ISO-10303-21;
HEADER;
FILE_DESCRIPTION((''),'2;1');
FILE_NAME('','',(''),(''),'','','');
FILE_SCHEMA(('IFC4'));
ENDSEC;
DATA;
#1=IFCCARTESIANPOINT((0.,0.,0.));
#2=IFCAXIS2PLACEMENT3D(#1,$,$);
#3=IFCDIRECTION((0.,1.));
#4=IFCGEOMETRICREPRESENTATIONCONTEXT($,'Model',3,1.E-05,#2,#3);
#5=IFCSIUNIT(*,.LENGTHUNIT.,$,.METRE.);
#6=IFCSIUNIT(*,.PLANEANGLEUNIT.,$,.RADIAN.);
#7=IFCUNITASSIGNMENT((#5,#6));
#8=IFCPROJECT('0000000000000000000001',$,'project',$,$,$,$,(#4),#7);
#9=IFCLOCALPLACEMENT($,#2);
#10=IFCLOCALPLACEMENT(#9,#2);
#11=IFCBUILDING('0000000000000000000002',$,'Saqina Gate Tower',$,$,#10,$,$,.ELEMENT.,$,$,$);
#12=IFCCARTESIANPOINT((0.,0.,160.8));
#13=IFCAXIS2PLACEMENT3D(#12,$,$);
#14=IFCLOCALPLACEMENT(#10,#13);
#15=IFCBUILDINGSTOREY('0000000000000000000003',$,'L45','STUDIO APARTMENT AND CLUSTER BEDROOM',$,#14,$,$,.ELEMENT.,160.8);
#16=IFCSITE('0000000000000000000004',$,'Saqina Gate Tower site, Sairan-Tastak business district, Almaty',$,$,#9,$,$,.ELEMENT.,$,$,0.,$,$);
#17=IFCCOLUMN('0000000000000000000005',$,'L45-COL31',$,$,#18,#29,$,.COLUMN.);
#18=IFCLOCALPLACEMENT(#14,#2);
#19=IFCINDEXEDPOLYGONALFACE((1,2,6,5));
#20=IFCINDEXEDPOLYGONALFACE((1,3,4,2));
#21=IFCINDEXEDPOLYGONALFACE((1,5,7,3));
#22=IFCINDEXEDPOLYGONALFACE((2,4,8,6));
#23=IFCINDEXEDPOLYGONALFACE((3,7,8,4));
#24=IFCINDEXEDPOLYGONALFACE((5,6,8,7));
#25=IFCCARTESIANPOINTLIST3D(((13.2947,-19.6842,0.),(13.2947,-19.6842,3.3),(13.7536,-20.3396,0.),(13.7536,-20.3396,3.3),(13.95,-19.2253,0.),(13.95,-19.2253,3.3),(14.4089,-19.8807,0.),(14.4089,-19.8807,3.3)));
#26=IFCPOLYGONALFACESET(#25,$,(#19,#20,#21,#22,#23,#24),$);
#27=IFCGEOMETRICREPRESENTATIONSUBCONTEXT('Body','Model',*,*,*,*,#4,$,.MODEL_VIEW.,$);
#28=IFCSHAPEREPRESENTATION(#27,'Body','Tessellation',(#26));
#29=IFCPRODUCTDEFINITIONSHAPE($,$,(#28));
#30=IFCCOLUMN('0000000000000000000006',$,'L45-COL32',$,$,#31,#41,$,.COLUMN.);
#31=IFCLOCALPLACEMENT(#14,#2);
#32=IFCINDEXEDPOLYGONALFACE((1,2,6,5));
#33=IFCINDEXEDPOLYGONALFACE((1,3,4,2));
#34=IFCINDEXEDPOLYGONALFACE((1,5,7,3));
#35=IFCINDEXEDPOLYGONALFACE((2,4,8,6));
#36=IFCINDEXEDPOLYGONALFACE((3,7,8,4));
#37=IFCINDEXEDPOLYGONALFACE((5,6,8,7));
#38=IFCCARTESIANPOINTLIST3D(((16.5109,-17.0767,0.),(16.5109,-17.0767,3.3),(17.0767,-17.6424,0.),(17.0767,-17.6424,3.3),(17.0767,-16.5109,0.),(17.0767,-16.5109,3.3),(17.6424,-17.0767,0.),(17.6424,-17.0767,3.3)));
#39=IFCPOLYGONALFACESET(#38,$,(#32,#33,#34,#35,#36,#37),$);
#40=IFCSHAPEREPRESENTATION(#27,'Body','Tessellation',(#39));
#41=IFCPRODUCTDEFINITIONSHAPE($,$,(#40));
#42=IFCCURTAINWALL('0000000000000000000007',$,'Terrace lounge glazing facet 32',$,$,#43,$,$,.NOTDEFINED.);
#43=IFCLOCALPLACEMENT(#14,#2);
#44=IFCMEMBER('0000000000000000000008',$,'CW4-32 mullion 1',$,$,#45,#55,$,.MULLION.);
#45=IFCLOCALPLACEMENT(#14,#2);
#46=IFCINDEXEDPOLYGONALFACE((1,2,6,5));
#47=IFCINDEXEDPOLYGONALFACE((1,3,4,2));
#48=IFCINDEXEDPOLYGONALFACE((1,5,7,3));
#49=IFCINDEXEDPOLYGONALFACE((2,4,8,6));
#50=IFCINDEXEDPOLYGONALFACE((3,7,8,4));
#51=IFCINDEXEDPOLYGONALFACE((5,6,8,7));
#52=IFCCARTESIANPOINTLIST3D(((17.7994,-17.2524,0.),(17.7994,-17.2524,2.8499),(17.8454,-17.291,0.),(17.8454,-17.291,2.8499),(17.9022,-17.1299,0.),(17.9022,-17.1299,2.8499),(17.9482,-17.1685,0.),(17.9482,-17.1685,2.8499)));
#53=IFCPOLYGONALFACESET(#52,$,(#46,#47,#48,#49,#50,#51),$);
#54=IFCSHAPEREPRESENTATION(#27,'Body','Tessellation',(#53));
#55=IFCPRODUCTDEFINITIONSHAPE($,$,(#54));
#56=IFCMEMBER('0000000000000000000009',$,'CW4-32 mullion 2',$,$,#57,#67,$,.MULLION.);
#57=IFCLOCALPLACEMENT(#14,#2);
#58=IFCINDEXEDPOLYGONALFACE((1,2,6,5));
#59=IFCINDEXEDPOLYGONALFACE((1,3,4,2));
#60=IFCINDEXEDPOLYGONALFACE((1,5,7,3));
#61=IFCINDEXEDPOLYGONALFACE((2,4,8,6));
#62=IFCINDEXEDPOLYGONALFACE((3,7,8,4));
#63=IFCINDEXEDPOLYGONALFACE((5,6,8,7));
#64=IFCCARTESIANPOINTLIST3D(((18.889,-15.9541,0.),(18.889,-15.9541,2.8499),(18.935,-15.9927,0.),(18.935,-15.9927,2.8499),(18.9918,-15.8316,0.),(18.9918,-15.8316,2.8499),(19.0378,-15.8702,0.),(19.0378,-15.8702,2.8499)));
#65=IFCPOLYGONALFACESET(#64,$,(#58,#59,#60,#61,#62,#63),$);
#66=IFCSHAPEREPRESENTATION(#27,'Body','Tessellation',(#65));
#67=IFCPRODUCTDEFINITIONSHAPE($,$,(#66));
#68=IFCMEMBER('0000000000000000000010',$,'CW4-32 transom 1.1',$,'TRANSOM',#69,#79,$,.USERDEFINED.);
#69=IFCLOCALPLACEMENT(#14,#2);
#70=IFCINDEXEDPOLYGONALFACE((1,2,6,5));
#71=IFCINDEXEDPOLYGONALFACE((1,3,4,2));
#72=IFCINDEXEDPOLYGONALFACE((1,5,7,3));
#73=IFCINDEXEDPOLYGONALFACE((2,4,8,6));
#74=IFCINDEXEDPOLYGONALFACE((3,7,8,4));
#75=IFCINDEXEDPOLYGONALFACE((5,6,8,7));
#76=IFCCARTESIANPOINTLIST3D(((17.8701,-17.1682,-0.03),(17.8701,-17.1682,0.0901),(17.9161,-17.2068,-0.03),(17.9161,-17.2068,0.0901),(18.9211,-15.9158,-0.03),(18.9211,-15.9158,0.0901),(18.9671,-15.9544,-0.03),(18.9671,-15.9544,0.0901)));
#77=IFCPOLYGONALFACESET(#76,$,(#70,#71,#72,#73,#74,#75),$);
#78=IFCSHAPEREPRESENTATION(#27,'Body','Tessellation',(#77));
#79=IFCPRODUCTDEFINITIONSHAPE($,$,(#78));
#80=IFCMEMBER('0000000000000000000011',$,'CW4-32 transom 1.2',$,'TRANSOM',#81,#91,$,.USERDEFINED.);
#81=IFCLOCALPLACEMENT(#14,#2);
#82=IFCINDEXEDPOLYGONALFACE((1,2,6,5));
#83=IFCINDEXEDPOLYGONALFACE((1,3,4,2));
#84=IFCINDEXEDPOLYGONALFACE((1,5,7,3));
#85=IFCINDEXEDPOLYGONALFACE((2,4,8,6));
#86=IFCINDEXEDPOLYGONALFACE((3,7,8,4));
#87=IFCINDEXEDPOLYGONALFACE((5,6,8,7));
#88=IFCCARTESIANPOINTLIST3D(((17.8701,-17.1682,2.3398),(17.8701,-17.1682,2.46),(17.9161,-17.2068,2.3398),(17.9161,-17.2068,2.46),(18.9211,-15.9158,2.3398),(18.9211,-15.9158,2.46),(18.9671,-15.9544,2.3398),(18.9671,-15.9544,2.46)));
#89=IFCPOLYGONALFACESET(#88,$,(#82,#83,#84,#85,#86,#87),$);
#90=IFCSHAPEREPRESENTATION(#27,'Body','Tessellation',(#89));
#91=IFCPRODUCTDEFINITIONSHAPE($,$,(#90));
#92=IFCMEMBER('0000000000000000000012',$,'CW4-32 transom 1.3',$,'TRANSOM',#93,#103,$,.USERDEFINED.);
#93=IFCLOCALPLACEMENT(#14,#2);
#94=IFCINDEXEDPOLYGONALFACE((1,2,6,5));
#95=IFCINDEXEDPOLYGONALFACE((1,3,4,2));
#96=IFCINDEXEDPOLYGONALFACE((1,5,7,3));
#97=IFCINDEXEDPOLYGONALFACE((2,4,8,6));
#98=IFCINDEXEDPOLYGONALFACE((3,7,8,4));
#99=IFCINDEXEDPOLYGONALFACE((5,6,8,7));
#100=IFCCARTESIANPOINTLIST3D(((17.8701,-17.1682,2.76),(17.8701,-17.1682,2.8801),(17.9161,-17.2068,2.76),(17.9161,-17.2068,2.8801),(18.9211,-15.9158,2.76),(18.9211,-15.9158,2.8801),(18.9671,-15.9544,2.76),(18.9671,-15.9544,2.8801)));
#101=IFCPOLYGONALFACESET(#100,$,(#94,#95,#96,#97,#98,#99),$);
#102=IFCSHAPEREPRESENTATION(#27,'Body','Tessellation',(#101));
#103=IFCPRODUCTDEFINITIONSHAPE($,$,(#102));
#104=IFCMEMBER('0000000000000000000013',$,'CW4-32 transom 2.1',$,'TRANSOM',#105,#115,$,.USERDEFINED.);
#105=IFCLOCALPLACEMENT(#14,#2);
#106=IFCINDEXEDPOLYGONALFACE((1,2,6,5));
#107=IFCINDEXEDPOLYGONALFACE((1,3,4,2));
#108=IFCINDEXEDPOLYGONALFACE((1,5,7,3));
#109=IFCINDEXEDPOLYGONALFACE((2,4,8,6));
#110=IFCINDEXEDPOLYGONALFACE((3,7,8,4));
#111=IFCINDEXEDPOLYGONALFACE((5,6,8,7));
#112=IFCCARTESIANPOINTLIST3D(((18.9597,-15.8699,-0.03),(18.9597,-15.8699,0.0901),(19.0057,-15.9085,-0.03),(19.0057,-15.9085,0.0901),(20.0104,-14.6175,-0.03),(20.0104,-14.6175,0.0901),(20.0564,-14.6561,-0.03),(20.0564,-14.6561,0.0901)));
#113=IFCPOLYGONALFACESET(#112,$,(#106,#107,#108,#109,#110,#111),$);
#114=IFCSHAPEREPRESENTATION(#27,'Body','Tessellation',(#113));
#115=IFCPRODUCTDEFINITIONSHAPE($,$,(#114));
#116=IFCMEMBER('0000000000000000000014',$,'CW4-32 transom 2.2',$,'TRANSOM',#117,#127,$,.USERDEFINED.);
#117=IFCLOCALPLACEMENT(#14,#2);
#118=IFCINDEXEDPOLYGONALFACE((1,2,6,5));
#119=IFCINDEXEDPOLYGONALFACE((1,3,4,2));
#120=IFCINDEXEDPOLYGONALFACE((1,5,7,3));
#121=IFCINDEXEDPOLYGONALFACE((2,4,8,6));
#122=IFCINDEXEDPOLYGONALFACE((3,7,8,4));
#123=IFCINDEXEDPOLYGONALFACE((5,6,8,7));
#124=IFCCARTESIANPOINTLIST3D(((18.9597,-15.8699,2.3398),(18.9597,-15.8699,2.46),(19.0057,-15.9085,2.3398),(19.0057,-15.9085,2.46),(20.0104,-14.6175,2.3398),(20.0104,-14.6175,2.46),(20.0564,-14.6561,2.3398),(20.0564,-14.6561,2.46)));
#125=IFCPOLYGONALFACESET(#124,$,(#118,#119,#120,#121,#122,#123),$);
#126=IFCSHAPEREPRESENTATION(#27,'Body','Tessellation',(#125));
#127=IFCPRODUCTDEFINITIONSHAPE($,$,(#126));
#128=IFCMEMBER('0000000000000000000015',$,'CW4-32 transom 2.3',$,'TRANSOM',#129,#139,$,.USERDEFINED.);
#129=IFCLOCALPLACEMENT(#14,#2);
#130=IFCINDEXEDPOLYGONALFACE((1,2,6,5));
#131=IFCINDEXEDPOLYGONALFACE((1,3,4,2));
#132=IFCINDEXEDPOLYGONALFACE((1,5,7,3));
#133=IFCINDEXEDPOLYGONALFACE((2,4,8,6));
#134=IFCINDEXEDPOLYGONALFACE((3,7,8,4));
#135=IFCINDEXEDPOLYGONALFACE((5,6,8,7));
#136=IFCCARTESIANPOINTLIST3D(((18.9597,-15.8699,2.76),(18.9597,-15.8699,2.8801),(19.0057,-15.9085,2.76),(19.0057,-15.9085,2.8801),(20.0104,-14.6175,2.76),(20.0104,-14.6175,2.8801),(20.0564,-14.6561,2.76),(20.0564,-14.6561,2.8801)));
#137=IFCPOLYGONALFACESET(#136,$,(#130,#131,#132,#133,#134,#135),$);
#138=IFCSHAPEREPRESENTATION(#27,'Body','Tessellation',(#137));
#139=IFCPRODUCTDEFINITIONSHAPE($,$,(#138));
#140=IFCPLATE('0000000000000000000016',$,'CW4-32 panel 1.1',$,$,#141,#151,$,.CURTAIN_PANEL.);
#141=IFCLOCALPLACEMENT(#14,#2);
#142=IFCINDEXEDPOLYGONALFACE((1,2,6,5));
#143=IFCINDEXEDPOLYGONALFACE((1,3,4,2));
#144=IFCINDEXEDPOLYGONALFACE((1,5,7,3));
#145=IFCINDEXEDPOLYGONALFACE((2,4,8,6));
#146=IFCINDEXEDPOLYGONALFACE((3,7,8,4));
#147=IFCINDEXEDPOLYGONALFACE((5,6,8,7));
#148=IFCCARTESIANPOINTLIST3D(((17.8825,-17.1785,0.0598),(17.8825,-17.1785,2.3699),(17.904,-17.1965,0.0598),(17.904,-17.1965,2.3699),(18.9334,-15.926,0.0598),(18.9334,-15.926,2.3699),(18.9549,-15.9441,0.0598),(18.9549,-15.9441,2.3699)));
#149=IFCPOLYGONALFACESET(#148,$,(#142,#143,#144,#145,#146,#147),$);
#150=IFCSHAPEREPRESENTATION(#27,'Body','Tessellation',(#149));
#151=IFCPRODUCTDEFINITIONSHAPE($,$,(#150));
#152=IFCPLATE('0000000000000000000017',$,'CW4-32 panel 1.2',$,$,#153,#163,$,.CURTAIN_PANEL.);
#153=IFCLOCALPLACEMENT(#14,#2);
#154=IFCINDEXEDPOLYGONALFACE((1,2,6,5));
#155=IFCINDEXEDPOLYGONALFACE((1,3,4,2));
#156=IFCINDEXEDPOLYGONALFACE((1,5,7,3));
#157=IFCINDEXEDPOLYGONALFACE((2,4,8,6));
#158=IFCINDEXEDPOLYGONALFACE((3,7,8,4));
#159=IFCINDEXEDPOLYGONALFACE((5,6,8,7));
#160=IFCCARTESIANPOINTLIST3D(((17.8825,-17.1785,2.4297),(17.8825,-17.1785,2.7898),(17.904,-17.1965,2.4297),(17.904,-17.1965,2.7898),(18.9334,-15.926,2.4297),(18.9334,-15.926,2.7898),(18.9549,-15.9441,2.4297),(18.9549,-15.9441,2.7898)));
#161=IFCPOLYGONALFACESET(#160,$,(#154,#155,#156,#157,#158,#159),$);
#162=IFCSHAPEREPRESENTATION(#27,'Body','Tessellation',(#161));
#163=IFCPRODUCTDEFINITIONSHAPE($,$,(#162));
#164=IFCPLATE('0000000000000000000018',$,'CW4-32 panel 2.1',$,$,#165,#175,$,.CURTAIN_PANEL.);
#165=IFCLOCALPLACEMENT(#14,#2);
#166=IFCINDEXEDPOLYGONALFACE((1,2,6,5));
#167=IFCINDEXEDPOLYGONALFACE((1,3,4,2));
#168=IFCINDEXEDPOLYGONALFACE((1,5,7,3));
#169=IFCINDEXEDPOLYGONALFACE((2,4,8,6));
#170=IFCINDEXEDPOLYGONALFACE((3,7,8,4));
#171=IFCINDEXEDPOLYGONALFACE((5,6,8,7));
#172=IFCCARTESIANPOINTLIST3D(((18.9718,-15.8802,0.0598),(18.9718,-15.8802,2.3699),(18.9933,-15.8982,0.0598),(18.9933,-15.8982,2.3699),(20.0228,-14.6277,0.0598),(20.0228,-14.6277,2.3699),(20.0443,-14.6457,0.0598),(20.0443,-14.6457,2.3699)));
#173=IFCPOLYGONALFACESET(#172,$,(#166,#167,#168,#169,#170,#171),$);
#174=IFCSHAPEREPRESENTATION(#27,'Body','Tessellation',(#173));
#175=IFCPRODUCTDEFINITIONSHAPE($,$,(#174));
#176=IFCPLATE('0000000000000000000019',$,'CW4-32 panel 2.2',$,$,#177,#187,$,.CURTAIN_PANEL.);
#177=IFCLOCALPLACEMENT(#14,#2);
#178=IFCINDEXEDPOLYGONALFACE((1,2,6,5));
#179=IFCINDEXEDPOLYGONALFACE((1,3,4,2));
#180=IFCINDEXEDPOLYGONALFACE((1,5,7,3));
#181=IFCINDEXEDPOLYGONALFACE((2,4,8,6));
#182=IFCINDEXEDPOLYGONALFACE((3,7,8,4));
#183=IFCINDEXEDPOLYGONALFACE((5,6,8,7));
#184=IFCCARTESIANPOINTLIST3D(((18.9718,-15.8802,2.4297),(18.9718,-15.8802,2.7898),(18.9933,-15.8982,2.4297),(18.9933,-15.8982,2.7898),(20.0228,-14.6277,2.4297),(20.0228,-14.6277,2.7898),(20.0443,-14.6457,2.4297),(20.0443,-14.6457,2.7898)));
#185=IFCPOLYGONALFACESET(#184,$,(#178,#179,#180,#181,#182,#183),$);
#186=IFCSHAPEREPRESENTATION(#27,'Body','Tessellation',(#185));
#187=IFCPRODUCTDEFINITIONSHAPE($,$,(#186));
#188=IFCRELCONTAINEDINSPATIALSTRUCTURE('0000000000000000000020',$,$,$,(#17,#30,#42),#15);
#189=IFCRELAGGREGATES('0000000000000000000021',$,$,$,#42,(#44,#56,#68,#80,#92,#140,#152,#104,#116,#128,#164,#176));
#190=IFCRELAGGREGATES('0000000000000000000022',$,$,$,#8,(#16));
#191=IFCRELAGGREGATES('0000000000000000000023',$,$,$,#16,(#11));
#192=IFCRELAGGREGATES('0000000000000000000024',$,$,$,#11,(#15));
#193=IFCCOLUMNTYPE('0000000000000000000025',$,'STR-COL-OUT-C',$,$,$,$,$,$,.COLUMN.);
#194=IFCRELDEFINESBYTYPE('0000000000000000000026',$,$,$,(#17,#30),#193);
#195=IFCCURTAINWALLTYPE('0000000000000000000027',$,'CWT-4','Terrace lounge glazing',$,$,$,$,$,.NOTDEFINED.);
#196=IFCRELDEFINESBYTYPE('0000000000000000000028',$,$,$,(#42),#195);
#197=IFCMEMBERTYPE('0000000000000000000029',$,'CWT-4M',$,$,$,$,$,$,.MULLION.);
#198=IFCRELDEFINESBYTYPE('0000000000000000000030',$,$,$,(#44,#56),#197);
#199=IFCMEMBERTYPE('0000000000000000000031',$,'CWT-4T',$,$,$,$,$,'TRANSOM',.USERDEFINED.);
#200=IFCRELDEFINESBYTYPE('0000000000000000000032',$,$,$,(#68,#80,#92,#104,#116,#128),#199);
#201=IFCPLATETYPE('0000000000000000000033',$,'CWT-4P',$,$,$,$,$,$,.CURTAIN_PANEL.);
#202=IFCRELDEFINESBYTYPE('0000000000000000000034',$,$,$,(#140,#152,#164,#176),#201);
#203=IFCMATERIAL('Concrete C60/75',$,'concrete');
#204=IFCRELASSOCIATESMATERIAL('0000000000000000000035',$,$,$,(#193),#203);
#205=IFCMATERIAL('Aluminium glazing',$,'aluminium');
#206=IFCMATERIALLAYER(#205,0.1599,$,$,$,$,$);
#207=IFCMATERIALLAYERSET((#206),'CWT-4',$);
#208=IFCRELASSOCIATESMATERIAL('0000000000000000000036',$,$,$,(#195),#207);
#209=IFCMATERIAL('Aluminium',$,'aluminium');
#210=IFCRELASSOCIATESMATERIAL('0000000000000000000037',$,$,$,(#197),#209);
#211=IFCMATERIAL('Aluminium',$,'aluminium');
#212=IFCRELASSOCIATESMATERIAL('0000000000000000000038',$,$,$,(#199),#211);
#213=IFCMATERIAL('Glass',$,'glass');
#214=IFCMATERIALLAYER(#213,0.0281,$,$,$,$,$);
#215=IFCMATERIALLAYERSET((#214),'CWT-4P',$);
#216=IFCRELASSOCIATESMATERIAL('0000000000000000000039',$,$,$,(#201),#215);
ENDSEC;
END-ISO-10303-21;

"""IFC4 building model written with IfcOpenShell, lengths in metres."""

from ifc_helpers import new_model, si_unit, direction, frame, origin, origin_2d, place, context, subcontext, project, spatial, rectangle, extrude, material, layer, layer_set, material_profile, profile_set, type_object, element, aggregate, save


model = new_model("IFC4")

# Units and contexts
model_context = context("Model", 3, precision=1e-05, world=origin(), true_north=direction((0.0, 1.0)))
body_context = subcontext(model_context, "Body", "Model", "MODEL_VIEW")
ifc_project = project(units=[si_unit("LENGTHUNIT", "METRE"), si_unit("PLANEANGLEUNIT", "RADIAN")], contexts=[model_context])

# Site, building, storey
site_placement = place(None, origin())
site = spatial("IfcSite", under=ifc_project, at=site_placement, Name="Saqina Gate Tower site, Sairan-Tastak business district, Almaty", CompositionType="ELEMENT", RefElevation=0.0)
building_placement = place(site_placement, origin())
building = spatial("IfcBuilding", under=site, at=building_placement, Name="Saqina Gate Tower", CompositionType="ELEMENT")
storey_placement = place(building_placement, frame((0.0, 0.0, 160.8)))
storey = spatial("IfcBuildingStorey", under=building, at=storey_placement, Name="L45", Description="STUDIO APARTMENT AND CLUSTER BEDROOM", CompositionType="ELEMENT", Elevation=160.8)

# Columns
ifc_material_1 = material(Name="Concrete C60/75", Category="concrete")
ifc_material_profile_1 = material_profile(ifc_material_1, rectangle(XDim=0.8, YDim=0.8, at=origin_2d()), Name="RC 800x800")
ifc_profile_set_1 = profile_set([ifc_material_profile_1], Name="Concrete C60/75")
column_type = type_object("IfcColumnType", Name="STR-COL-OUT-C", PredefinedType="COLUMN", material=ifc_profile_set_1)
for number, where, z_axis, x_axis, name in (
    (1, (13.8518, -19.7825, 0.0), (0.0, 0.0, 1.0), (0.573576, -0.819152, 0.0), "L45-COL31"),
    (2, (17.0767, -17.0767, 0.0), (0.0, 0.0, 1.0), (0.707107, -0.707107, 0.0), "L45-COL32"),
):
    element("IfcColumn", number, at=place(storey_placement, frame(where, z_axis=z_axis, x_axis=x_axis)), inside=storey, type_object=column_type, Name=name, PredefinedType="COLUMN", context=body_context, shape_type="SweptSolid", body=[
        extrude(rectangle(XDim=0.8, YDim=0.8, at=origin_2d()), origin(), (0.0, 0.0, 1.0), 3.3),
    ])

# Curtain wall, members, plates
ifc_material_2 = material(Name="Aluminium glazing", Category="aluminium")
ifc_layer_1 = layer(ifc_material_2, 0.1599)
ifc_layer_set_1 = layer_set([ifc_layer_1], Name="CWT-4")
curtain_wall_type = type_object("IfcCurtainWallType", Name="CWT-4", Description="Terrace lounge glazing", PredefinedType="NOTDEFINED", material=ifc_layer_set_1)
curtain_wall_placement = place(storey_placement, origin())
curtain_wall = element("IfcCurtainWall", 3, at=curtain_wall_placement, inside=storey, type_object=curtain_wall_type, Name="Terrace lounge glazing facet 32", PredefinedType="NOTDEFINED")
ifc_material_3 = material(Name="Aluminium", Category="aluminium")
ifc_material_profile_2 = material_profile(ifc_material_3, rectangle(XDim=0.0601, YDim=0.1599, at=origin_2d()), Name="Aluminium 60x160")
ifc_profile_set_2 = profile_set([ifc_material_profile_2], Name="Aluminium")
member_type_1 = type_object("IfcMemberType", Name="CWT-4M", PredefinedType="MULLION", material=ifc_profile_set_2)
member_1_placement = place(storey_placement, frame((17.8738, -17.2104, 0.0), z_axis=(0.0, 0.0, 1.0), x_axis=(-0.766043, 0.64279, 0.0)))
member_1 = element("IfcMember", 4, at=member_1_placement, type_object=member_type_1, Name="CW4-32 mullion 1", PredefinedType="MULLION", context=body_context, shape_type="SweptSolid", body=[
    extrude(rectangle(XDim=0.0601, YDim=0.1599, at=origin_2d()), origin(), (0.0, 0.0, 1.0), 2.8499),
])
member_2_placement = place(storey_placement, frame((18.9634, -15.9121, 0.0), z_axis=(0.0, 0.0, 1.0), x_axis=(-0.766043, 0.64279, 0.0)))
member_2 = element("IfcMember", 5, at=member_2_placement, type_object=member_type_1, Name="CW4-32 mullion 2", PredefinedType="MULLION", context=body_context, shape_type="SweptSolid", body=[
    extrude(rectangle(XDim=0.0601, YDim=0.1599, at=origin_2d()), origin(), (0.0, 0.0, 1.0), 2.8499),
])
ifc_material_4 = material(Name="Aluminium", Category="aluminium")
ifc_material_profile_3 = material_profile(ifc_material_4, rectangle(XDim=0.0601, YDim=0.1201, at=origin_2d()), Name="Aluminium 60x120")
ifc_profile_set_3 = profile_set([ifc_material_profile_3], Name="Aluminium")
member_type_2 = type_object("IfcMemberType", Name="CWT-4T", ElementType="TRANSOM", PredefinedType="USERDEFINED", material=ifc_profile_set_3)
member_3_placement = place(storey_placement, frame((17.8931, -17.1875, 0.03), z_axis=(0.642824, 0.766014, 0.0), x_axis=(-0.766014, 0.642824, 0.0)))
member_3 = element("IfcMember", 6, at=member_3_placement, type_object=member_type_2, Name="CW4-32 transom 1.1", ObjectType="TRANSOM", PredefinedType="USERDEFINED", context=body_context, shape_type="SweptSolid", body=[
    extrude(rectangle(XDim=0.0601, YDim=0.1201, at=origin_2d()), origin(), (0.0, 0.0, 1.0), 1.635),
])
member_4_placement = place(storey_placement, frame((17.8931, -17.1875, 2.3999), z_axis=(0.642824, 0.766014, 0.0), x_axis=(-0.766014, 0.642824, 0.0)))
member_4 = element("IfcMember", 7, at=member_4_placement, type_object=member_type_2, Name="CW4-32 transom 1.2", ObjectType="TRANSOM", PredefinedType="USERDEFINED", context=body_context, shape_type="SweptSolid", body=[
    extrude(rectangle(XDim=0.0601, YDim=0.1201, at=origin_2d()), origin(), (0.0, 0.0, 1.0), 1.635),
])
member_5_placement = place(storey_placement, frame((17.8931, -17.1875, 2.8201), z_axis=(0.642824, 0.766014, 0.0), x_axis=(-0.766014, 0.642824, 0.0)))
member_5 = element("IfcMember", 8, at=member_5_placement, type_object=member_type_2, Name="CW4-32 transom 1.3", ObjectType="TRANSOM", PredefinedType="USERDEFINED", context=body_context, shape_type="SweptSolid", body=[
    extrude(rectangle(XDim=0.0601, YDim=0.1201, at=origin_2d()), origin(), (0.0, 0.0, 1.0), 1.635),
])
member_6_placement = place(storey_placement, frame((18.9827, -15.8892, 0.03), z_axis=(0.642737, 0.766087, 0.0), x_axis=(-0.766087, 0.642737, 0.0)))
member_6 = element("IfcMember", 9, at=member_6_placement, type_object=member_type_2, Name="CW4-32 transom 2.1", ObjectType="TRANSOM", PredefinedType="USERDEFINED", context=body_context, shape_type="SweptSolid", body=[
    extrude(rectangle(XDim=0.0601, YDim=0.1201, at=origin_2d()), origin(), (0.0, 0.0, 1.0), 1.6348),
])
member_7_placement = place(storey_placement, frame((18.9827, -15.8892, 2.3999), z_axis=(0.642737, 0.766087, 0.0), x_axis=(-0.766087, 0.642737, 0.0)))
member_7 = element("IfcMember", 10, at=member_7_placement, type_object=member_type_2, Name="CW4-32 transom 2.2", ObjectType="TRANSOM", PredefinedType="USERDEFINED", context=body_context, shape_type="SweptSolid", body=[
    extrude(rectangle(XDim=0.0601, YDim=0.1201, at=origin_2d()), origin(), (0.0, 0.0, 1.0), 1.6348),
])
member_8_placement = place(storey_placement, frame((18.9827, -15.8892, 2.8201), z_axis=(0.642737, 0.766087, 0.0), x_axis=(-0.766087, 0.642737, 0.0)))
member_8 = element("IfcMember", 11, at=member_8_placement, type_object=member_type_2, Name="CW4-32 transom 2.3", ObjectType="TRANSOM", PredefinedType="USERDEFINED", context=body_context, shape_type="SweptSolid", body=[
    extrude(rectangle(XDim=0.0601, YDim=0.1201, at=origin_2d()), origin(), (0.0, 0.0, 1.0), 1.6348),
])
ifc_material_5 = material(Name="Glass", Category="glass")
ifc_layer_2 = layer(ifc_material_5, 0.0281)
ifc_layer_set_2 = layer_set([ifc_layer_2], Name="CWT-4P")
plate_type = type_object("IfcPlateType", Name="CWT-4P", PredefinedType="CURTAIN_PANEL", material=ifc_layer_set_2)
plate_1_placement = place(storey_placement, frame((18.4187, -16.5613, 0.0598), z_axis=(0.0, 0.0, 1.0), x_axis=(0.64279, 0.766043, 0.0)))
plate_1 = element("IfcPlate", 12, at=plate_1_placement, type_object=plate_type, Name="CW4-32 panel 1.1", PredefinedType="CURTAIN_PANEL", context=body_context, shape_type="SweptSolid", body=[
    extrude(rectangle(XDim=1.635, YDim=0.0281, at=origin_2d()), origin(), (0.0, 0.0, 1.0), 2.3101),
])
plate_2_placement = place(storey_placement, frame((18.4187, -16.5613, 2.4297), z_axis=(0.0, 0.0, 1.0), x_axis=(0.64279, 0.766043, 0.0)))
plate_2 = element("IfcPlate", 13, at=plate_2_placement, type_object=plate_type, Name="CW4-32 panel 1.2", PredefinedType="CURTAIN_PANEL", context=body_context, shape_type="SweptSolid", body=[
    extrude(rectangle(XDim=1.635, YDim=0.0281, at=origin_2d()), origin(), (0.0, 0.0, 1.0), 0.3601),
])
plate_3_placement = place(storey_placement, frame((19.5081, -15.2629, 0.0598), z_axis=(0.0, 0.0, 1.0), x_axis=(0.64279, 0.766043, 0.0)))
plate_3 = element("IfcPlate", 14, at=plate_3_placement, type_object=plate_type, Name="CW4-32 panel 2.1", PredefinedType="CURTAIN_PANEL", context=body_context, shape_type="SweptSolid", body=[
    extrude(rectangle(XDim=1.635, YDim=0.0281, at=origin_2d()), origin(), (0.0, 0.0, 1.0), 2.3101),
])
plate_4_placement = place(storey_placement, frame((19.5081, -15.2629, 2.4297), z_axis=(0.0, 0.0, 1.0), x_axis=(0.64279, 0.766043, 0.0)))
plate_4 = element("IfcPlate", 15, at=plate_4_placement, type_object=plate_type, Name="CW4-32 panel 2.2", PredefinedType="CURTAIN_PANEL", context=body_context, shape_type="SweptSolid", body=[
    extrude(rectangle(XDim=1.635, YDim=0.0281, at=origin_2d()), origin(), (0.0, 0.0, 1.0), 0.3601),
])
aggregate(curtain_wall, [member_1, member_2, member_3, member_4, member_5, plate_1, plate_2, member_6, member_7, member_8, plate_3, plate_4])

save(model, "model.ifc")
